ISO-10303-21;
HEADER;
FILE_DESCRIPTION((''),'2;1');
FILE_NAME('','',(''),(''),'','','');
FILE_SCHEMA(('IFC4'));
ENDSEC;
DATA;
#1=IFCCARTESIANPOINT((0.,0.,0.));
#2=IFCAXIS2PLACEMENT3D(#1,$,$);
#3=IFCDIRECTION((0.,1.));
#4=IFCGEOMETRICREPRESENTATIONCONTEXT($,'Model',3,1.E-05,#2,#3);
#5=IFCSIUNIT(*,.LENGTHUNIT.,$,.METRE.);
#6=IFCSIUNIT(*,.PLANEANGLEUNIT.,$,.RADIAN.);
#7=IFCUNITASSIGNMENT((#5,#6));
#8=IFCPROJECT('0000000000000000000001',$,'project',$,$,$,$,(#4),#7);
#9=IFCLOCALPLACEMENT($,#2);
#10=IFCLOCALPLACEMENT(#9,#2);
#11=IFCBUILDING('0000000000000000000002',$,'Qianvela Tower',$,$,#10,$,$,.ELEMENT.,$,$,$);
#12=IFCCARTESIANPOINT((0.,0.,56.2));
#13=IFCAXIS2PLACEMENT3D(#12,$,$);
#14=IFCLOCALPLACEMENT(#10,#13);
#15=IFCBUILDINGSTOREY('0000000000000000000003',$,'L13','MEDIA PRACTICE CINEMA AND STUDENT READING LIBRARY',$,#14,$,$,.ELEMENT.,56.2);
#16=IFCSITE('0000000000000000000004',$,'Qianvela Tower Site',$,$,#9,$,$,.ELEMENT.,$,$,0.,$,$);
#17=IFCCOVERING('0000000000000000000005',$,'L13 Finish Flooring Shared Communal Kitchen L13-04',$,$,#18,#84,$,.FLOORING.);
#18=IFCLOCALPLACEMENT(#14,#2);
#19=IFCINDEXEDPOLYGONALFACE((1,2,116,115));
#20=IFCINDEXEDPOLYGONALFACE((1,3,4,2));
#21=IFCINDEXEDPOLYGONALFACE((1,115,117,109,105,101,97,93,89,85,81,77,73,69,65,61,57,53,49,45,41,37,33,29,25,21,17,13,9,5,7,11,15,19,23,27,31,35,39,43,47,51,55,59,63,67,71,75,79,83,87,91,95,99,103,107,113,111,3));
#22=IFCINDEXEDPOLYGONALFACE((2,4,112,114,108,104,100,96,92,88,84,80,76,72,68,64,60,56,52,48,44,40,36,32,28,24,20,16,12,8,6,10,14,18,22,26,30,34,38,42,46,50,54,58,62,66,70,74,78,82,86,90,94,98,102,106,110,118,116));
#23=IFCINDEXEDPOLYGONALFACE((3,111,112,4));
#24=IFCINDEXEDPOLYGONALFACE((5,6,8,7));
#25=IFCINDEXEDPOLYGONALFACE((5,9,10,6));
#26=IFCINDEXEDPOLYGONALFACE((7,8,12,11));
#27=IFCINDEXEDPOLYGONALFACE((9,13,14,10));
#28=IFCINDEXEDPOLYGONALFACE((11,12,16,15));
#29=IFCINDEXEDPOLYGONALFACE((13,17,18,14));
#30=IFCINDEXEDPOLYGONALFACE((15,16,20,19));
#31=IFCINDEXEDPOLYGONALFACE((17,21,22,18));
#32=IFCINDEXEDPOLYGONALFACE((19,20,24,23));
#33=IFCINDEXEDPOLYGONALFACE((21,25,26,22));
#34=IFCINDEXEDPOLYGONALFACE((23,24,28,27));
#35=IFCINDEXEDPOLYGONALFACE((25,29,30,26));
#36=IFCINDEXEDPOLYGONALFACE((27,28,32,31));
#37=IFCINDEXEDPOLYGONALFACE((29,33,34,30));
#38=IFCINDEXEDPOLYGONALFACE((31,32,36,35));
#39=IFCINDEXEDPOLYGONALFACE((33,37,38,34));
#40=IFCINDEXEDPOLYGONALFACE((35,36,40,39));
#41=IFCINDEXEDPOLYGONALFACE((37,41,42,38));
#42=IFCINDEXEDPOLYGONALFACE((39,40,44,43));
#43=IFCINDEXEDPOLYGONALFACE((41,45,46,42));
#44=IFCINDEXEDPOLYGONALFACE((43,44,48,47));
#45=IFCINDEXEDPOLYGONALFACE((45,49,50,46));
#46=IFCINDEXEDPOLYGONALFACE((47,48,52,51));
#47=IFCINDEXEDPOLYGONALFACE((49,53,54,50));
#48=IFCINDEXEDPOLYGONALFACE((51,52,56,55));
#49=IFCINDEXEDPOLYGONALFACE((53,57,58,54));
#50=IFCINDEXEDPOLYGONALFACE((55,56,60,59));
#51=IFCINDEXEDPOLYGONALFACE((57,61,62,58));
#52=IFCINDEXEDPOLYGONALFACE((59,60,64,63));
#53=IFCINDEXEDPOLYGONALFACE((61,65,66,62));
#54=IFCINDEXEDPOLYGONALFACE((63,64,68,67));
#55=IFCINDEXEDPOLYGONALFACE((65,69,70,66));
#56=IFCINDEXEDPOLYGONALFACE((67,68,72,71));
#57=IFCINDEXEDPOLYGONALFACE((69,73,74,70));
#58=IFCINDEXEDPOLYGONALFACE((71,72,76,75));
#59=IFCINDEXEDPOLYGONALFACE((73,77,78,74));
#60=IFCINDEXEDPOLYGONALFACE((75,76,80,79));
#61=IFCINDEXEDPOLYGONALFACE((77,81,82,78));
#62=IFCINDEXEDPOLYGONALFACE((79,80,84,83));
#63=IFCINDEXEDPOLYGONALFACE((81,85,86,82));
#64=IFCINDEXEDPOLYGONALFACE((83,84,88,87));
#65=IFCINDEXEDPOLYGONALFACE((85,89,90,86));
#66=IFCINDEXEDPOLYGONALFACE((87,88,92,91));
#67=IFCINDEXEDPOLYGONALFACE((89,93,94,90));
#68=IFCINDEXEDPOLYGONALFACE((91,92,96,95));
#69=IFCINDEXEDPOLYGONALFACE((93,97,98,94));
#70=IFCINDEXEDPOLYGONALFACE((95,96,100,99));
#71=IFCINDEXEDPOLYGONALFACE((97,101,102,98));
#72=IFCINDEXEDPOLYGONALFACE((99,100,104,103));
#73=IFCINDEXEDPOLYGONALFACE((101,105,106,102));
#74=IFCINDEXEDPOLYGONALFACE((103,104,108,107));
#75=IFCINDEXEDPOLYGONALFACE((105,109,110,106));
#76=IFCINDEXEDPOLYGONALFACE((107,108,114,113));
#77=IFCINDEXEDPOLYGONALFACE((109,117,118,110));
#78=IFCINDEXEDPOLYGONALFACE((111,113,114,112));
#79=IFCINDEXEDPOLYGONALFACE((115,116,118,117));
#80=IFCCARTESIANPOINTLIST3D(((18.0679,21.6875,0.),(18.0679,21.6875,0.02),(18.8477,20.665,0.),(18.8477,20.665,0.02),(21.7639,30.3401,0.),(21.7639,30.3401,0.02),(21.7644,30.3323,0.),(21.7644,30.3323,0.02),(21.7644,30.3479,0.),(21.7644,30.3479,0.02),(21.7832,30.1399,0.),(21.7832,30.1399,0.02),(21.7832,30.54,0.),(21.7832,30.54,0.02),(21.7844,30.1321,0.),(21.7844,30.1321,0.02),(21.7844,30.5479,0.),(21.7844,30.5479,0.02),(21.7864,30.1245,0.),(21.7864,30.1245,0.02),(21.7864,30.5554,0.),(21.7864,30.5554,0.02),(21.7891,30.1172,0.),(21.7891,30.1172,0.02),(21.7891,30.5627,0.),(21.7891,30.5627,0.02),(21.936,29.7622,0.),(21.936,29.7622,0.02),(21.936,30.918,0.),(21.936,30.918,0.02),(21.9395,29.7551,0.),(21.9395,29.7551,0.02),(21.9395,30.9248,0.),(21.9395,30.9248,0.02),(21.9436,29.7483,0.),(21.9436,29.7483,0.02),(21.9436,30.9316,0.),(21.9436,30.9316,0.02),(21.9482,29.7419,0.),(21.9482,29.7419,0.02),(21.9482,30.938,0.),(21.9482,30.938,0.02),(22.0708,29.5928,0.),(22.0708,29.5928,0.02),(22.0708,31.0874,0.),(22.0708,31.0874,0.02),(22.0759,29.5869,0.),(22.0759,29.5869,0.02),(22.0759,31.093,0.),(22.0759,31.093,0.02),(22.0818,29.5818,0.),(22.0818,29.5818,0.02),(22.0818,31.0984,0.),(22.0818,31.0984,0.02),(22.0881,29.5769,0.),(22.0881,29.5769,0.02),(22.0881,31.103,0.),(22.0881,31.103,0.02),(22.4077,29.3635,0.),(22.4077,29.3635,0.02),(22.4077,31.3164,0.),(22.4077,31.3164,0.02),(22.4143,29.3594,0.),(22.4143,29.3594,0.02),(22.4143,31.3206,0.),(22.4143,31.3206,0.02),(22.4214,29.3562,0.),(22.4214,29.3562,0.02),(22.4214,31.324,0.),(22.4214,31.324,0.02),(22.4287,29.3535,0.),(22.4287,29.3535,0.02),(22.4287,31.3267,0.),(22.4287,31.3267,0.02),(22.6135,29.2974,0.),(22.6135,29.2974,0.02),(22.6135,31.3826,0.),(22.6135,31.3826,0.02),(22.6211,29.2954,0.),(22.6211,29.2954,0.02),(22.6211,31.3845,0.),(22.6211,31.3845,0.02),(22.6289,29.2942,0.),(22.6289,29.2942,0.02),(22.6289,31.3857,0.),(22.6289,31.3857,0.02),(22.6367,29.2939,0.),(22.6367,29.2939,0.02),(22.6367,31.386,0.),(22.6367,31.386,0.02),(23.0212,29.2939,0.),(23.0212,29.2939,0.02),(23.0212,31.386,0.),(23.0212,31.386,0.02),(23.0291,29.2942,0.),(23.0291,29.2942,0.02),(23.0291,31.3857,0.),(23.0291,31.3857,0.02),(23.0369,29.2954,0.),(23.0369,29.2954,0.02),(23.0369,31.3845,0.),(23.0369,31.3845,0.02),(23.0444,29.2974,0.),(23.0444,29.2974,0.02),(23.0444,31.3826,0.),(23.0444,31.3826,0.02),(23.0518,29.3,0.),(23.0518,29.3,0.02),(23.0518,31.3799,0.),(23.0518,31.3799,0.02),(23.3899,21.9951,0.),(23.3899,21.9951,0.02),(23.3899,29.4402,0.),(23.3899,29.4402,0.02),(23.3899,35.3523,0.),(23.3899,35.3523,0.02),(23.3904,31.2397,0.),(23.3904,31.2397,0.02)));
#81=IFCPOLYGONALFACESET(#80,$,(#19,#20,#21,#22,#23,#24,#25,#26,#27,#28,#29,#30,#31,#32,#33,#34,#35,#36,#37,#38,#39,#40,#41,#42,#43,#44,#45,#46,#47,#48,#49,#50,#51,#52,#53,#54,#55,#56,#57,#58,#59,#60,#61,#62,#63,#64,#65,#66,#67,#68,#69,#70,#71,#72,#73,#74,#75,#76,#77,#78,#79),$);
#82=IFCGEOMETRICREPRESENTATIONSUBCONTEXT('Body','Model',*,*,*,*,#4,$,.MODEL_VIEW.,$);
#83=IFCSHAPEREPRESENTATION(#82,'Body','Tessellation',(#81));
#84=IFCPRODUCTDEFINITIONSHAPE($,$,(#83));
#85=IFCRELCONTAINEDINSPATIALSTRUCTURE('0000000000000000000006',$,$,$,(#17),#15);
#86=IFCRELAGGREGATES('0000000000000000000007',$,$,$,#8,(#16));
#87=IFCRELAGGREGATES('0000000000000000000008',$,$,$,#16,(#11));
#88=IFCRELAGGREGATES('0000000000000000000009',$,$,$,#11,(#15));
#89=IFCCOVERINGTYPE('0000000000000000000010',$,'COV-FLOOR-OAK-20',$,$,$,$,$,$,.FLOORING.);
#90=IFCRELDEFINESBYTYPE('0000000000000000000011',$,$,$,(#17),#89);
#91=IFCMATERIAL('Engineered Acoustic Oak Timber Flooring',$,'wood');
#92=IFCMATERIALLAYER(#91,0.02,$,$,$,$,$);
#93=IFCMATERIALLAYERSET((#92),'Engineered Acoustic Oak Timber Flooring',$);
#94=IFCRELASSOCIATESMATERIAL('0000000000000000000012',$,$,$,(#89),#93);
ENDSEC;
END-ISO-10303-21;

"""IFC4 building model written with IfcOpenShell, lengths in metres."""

from ifc_helpers import new_model, si_unit, direction, frame, origin, place, context, subcontext, project, spatial, polyline, outline, extrude, material, layer, layer_set, type_object, element, save


model = new_model("IFC4")

# Units and contexts
model_context = context("Model", 3, precision=1e-05, world=origin(), true_north=direction((0.0, 1.0)))
body_context = subcontext(model_context, "Body", "Model", "MODEL_VIEW")
ifc_project = project(units=[si_unit("LENGTHUNIT", "METRE"), si_unit("PLANEANGLEUNIT", "RADIAN")], contexts=[model_context])

# Site, building, storey
site_placement = place(None, origin())
site = spatial("IfcSite", under=ifc_project, at=site_placement, Name="Qianvela Tower Site", CompositionType="ELEMENT", RefElevation=0.0)
building_placement = place(site_placement, origin())
building = spatial("IfcBuilding", under=site, at=building_placement, Name="Qianvela Tower", CompositionType="ELEMENT")
storey_placement = place(building_placement, frame((0.0, 0.0, 56.2)))
storey = spatial("IfcBuildingStorey", under=building, at=storey_placement, Name="L13", Description="MEDIA PRACTICE CINEMA AND STUDENT READING LIBRARY", CompositionType="ELEMENT", Elevation=56.2)

# Covering
ifc_material_1 = material(Name="Engineered Acoustic Oak Timber Flooring", Category="wood")
ifc_layer_1 = layer(ifc_material_1, 0.02)
ifc_layer_set_1 = layer_set([ifc_layer_1], Name="Engineered Acoustic Oak Timber Flooring")
covering_type_1 = type_object("IfcCoveringType", Name="COV-FLOOR-OAK-20", PredefinedType="FLOORING", material=ifc_layer_set_1)
covering_1_placement = place(storey_placement, origin())
element("IfcCovering", 1, at=covering_1_placement, inside=storey, type_object=covering_type_1, Name="L13 Finish Flooring Shared Communal Kitchen L13-04", PredefinedType="FLOORING", context=body_context, shape_type="SweptSolid", body=[
    extrude(outline(polyline([(23.3899, 29.4402), (23.3899, 21.9951), (18.8477, 20.665), (18.0679, 21.6875), (23.3899, 35.3523), (23.3904, 31.2397), (23.0518, 31.3799), (23.0444, 31.3826), (23.0369, 31.3845), (23.0291, 31.3857), (23.0212, 31.386), (22.6367, 31.386), (22.6289, 31.3857), (22.6211, 31.3845), (22.6135, 31.3826), (22.4287, 31.3267), (22.4214, 31.324), (22.4143, 31.3206), (22.4077, 31.3164), (22.0881, 31.103), (22.0818, 31.0984), (22.0759, 31.093), (22.0708, 31.0874), (21.9482, 30.938), (21.9436, 30.9316), (21.9395, 30.9248), (21.936, 30.918), (21.7891, 30.5627), (21.7864, 30.5554), (21.7844, 30.5479), (21.7832, 30.54), (21.7644, 30.3479), (21.7639, 30.3401), (21.7644, 30.3323), (21.7832, 30.1399), (21.7844, 30.1321), (21.7864, 30.1245), (21.7891, 30.1172), (21.936, 29.7622), (21.9395, 29.7551), (21.9436, 29.7483), (21.9482, 29.7419), (22.0708, 29.5928), (22.0759, 29.5869), (22.0818, 29.5818), (22.0881, 29.5769), (22.4077, 29.3635), (22.4143, 29.3594), (22.4214, 29.3562), (22.4287, 29.3535), (22.6135, 29.2974), (22.6211, 29.2954), (22.6289, 29.2942), (22.6367, 29.2939), (23.0212, 29.2939), (23.0291, 29.2942), (23.0369, 29.2954), (23.0444, 29.2974), (23.0518, 29.3), (23.3899, 29.4402)])), origin(), (0.0, 0.0, 1.0), 0.02),
])

save(model, "model.ifc")
